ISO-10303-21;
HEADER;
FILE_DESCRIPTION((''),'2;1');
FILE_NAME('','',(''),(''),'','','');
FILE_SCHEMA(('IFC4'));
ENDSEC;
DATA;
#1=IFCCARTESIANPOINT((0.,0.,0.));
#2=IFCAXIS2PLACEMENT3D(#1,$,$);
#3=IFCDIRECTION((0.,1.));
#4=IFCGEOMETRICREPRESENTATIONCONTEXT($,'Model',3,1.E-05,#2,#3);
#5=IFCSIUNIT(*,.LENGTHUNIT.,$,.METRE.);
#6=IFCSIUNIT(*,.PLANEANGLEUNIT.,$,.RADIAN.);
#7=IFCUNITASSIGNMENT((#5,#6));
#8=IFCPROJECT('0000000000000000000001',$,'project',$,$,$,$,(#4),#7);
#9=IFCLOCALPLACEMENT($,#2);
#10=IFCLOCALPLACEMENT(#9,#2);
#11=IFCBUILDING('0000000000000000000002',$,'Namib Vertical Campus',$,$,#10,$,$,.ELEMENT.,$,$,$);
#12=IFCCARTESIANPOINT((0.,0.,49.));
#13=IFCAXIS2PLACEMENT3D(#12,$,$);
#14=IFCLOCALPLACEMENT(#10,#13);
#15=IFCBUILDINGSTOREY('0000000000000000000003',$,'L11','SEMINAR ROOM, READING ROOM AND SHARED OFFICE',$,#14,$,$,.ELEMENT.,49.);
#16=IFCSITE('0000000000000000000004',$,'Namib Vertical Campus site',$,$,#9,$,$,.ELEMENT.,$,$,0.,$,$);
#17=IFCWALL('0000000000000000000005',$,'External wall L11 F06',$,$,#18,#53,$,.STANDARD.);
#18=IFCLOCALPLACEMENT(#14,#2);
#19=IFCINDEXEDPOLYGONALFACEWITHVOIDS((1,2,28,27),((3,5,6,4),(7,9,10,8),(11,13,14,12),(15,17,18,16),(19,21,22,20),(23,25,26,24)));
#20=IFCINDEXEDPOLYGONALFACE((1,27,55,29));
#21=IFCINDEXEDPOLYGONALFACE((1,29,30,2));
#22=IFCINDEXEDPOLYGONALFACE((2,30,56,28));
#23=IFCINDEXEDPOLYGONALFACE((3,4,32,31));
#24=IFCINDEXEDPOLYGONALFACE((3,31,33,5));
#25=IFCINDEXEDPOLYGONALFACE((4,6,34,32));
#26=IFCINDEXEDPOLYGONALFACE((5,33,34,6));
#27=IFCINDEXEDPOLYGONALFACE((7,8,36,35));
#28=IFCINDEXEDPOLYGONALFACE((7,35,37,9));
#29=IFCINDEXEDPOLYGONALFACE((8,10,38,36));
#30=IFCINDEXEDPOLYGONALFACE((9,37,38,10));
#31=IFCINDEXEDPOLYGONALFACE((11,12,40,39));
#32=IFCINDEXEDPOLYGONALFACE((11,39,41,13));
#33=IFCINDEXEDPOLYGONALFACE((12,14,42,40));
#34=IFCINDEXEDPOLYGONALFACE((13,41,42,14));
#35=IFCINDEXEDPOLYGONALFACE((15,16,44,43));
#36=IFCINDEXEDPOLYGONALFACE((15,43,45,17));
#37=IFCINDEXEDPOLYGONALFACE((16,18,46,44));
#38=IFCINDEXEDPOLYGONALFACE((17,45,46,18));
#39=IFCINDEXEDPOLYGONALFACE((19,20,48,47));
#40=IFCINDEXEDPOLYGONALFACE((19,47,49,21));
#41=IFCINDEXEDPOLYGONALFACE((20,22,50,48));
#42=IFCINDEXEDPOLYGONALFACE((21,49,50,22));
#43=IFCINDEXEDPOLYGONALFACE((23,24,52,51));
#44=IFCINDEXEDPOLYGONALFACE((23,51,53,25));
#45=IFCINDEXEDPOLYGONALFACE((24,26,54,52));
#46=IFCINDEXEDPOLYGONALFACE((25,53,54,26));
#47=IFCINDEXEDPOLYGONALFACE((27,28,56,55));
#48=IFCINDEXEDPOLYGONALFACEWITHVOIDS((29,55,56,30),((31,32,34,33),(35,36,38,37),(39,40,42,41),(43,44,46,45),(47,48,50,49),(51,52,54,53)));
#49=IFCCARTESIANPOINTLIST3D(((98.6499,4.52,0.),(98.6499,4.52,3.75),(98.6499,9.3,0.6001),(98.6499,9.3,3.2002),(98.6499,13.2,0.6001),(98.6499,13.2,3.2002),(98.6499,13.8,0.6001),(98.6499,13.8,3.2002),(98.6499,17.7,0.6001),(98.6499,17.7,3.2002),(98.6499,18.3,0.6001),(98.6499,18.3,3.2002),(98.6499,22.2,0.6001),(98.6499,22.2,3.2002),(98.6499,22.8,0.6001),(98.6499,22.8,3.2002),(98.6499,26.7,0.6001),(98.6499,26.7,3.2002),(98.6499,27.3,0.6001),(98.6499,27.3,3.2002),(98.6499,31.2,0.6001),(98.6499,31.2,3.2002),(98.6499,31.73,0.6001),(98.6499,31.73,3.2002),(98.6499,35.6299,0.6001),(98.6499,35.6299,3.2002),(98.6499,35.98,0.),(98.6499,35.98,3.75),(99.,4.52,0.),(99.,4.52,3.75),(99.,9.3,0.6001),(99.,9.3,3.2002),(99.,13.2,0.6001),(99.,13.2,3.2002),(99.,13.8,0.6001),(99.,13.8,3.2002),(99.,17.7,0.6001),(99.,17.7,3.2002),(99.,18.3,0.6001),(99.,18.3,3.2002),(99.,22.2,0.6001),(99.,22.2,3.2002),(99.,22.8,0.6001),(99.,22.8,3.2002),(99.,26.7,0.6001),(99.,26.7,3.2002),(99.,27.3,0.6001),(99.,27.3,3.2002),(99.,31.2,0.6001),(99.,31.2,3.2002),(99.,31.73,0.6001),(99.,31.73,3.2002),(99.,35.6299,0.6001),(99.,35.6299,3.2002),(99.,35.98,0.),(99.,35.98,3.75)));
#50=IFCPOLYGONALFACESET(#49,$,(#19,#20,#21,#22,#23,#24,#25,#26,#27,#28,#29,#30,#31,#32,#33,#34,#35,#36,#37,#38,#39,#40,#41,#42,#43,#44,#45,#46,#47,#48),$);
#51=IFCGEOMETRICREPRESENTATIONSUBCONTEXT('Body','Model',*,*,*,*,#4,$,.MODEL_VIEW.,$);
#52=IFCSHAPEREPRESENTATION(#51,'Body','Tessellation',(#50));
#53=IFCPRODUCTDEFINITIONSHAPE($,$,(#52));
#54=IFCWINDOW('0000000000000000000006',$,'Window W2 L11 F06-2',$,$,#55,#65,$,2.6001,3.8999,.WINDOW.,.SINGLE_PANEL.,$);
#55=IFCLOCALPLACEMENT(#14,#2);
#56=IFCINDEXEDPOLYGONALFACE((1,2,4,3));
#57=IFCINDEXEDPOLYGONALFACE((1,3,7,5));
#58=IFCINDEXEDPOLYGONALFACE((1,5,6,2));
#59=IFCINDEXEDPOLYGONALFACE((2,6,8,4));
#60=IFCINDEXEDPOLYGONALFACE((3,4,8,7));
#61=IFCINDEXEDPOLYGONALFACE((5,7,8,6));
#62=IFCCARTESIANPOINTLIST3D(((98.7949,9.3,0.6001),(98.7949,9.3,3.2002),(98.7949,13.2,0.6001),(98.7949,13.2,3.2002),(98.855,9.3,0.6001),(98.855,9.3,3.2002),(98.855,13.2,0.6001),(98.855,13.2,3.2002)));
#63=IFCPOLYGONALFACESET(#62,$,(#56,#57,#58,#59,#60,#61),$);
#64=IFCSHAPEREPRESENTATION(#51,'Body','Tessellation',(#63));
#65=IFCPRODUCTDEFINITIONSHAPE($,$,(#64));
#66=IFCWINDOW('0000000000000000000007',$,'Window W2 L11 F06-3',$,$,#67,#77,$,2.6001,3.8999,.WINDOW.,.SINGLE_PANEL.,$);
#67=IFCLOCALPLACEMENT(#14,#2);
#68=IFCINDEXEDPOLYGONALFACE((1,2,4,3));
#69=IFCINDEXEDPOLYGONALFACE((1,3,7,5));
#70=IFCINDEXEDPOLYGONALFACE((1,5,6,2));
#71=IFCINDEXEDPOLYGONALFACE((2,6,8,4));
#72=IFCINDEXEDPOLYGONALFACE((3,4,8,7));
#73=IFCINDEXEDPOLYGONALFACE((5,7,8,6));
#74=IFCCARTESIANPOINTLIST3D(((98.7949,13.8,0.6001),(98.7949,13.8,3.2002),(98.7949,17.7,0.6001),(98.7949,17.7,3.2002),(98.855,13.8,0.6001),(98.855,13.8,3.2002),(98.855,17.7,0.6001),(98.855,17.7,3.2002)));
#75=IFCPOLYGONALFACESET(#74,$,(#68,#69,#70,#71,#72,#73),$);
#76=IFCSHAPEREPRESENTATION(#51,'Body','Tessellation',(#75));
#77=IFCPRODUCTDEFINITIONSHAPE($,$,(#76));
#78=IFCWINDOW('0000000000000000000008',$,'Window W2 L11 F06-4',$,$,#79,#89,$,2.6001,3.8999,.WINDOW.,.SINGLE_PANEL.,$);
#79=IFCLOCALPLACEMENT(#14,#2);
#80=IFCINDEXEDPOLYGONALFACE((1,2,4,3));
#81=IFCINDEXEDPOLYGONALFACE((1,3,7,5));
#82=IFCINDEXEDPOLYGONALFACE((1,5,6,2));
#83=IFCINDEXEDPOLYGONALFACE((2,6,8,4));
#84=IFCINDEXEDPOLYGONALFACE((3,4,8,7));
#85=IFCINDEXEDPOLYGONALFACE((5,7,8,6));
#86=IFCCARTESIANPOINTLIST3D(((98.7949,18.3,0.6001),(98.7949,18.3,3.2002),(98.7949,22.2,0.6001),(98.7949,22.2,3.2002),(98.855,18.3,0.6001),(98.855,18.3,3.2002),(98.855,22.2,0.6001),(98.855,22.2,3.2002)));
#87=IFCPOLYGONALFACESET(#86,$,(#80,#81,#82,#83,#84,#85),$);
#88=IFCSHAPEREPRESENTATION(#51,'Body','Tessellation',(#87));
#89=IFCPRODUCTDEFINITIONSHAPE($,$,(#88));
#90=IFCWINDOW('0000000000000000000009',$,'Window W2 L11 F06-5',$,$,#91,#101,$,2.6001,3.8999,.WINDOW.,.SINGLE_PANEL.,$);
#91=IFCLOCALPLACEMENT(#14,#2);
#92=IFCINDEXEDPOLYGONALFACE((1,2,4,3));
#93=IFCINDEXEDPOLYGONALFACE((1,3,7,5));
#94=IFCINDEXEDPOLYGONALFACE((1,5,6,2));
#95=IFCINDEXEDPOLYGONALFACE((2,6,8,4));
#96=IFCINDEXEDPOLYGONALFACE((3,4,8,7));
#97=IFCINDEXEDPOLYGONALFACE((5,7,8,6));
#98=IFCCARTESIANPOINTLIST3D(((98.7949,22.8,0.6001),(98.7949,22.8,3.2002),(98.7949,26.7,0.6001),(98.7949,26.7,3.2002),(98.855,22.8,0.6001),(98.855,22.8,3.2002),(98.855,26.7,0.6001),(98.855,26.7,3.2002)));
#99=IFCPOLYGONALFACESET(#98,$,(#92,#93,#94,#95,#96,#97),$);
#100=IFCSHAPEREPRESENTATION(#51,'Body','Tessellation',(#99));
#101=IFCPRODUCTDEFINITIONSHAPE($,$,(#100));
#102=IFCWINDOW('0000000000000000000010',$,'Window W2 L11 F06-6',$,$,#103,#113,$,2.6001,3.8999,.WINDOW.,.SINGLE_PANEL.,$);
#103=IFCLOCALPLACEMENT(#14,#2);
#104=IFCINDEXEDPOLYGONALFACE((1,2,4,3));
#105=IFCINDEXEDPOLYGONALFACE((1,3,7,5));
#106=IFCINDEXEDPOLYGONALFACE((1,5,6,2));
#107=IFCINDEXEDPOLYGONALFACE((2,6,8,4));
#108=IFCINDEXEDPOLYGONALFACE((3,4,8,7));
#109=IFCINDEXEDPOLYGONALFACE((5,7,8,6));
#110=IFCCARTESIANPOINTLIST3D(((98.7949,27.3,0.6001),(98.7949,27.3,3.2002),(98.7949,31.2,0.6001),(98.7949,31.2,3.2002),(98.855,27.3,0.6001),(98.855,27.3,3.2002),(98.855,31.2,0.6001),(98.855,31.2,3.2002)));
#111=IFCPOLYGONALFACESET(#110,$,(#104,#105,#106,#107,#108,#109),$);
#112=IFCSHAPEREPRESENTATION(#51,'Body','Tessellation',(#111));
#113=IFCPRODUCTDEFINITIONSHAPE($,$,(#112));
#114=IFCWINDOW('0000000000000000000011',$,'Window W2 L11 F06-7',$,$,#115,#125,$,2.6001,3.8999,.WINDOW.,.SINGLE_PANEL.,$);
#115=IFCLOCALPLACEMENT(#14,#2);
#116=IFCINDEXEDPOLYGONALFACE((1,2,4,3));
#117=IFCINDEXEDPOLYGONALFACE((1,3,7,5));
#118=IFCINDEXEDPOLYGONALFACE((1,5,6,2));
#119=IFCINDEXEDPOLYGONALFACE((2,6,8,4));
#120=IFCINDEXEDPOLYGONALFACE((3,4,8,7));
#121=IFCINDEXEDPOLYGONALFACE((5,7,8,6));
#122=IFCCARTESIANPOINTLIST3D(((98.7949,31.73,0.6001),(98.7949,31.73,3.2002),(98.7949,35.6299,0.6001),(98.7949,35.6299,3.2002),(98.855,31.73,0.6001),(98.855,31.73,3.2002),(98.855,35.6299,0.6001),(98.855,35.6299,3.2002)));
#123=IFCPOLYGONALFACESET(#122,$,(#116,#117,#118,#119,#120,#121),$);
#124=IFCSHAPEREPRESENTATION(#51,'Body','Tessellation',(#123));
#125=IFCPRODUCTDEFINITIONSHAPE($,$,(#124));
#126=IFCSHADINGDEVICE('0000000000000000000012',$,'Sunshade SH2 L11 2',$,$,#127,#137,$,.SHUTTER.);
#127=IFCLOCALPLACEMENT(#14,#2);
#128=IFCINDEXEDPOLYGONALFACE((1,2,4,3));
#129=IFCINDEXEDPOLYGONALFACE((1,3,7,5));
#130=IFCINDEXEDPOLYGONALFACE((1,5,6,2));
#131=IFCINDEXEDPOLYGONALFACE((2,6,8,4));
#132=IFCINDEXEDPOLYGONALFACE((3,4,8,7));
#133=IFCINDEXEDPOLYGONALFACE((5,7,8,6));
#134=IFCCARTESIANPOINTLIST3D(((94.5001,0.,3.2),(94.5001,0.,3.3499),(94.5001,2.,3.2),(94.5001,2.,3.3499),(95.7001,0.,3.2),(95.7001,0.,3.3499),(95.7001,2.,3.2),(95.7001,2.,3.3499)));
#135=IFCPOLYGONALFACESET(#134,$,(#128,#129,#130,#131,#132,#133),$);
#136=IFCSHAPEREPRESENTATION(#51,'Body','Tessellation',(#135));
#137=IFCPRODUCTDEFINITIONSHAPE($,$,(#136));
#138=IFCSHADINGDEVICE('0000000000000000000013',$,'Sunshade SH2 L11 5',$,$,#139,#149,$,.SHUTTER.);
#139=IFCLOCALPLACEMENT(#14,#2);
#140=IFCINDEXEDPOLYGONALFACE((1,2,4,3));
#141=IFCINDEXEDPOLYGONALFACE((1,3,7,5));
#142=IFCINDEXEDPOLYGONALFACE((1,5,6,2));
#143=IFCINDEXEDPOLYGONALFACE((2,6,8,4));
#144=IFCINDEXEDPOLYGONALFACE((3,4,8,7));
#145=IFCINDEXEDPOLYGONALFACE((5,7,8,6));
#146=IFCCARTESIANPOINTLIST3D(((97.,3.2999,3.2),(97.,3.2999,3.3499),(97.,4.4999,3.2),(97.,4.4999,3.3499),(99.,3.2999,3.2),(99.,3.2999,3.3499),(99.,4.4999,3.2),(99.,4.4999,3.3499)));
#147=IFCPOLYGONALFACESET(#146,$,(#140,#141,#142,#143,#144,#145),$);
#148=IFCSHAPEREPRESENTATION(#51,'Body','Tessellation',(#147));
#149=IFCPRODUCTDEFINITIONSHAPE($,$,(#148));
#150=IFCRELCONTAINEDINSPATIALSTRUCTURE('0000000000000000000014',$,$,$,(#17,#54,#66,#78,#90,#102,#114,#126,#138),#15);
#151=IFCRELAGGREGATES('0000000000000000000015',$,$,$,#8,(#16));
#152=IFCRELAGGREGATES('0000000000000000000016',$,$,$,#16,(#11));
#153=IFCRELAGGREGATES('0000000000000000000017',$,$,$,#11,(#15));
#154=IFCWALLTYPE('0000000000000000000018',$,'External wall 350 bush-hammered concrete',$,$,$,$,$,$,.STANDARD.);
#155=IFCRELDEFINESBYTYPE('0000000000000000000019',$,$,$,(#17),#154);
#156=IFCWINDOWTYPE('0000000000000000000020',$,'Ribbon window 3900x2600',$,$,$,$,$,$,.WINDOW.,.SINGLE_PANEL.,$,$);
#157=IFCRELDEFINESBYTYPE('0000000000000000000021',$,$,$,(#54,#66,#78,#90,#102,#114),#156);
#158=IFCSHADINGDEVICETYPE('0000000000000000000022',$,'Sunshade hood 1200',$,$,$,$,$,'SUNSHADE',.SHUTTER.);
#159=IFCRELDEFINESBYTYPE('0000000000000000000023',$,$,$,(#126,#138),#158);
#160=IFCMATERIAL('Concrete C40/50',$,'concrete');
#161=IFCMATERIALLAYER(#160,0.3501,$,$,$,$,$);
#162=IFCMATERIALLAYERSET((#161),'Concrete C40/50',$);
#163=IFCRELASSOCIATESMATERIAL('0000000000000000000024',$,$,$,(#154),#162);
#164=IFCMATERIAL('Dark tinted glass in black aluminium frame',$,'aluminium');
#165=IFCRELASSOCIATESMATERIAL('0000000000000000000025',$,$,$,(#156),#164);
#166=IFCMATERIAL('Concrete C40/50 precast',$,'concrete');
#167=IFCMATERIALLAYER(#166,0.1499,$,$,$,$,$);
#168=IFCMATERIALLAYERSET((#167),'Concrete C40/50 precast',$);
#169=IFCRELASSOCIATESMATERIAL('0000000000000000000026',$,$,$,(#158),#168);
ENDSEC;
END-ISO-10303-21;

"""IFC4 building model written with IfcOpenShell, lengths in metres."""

from ifc_helpers import new_model, si_unit, direction, frame, frame_2d, origin, origin_2d, place, context, subcontext, project, spatial, rectangle, extrude, material, layer, layer_set, type_object, element, fill, save


model = new_model("IFC4")

# Units and contexts
model_context = context("Model", 3, precision=1e-05, world=origin(), true_north=direction((0.0, 1.0)))
body_context = subcontext(model_context, "Body", "Model", "MODEL_VIEW")
ifc_project = project(units=[si_unit("LENGTHUNIT", "METRE"), si_unit("PLANEANGLEUNIT", "RADIAN")], contexts=[model_context])

# Site, building, storey
site_placement = place(None, origin())
site = spatial("IfcSite", under=ifc_project, at=site_placement, Name="Namib Vertical Campus site", CompositionType="ELEMENT", RefElevation=0.0)
building_placement = place(site_placement, origin())
building = spatial("IfcBuilding", under=site, at=building_placement, Name="Namib Vertical Campus", CompositionType="ELEMENT")
storey_placement = place(building_placement, frame((0.0, 0.0, 49.0)))
storey = spatial("IfcBuildingStorey", under=building, at=storey_placement, Name="L11", Description="SEMINAR ROOM, READING ROOM AND SHARED OFFICE", CompositionType="ELEMENT", Elevation=49.0)

# Shared definitions
ifc_material_1 = material(Name="Concrete C40/50", Category="concrete")
ifc_layer_1 = layer(ifc_material_1, 0.3501)
ifc_layer_set_1 = layer_set([ifc_layer_1], Name="Concrete C40/50")
wall_type = type_object("IfcWallType", Name="External wall 350 bush-hammered concrete", PredefinedType="STANDARD", material=ifc_layer_set_1)

# Wall, openings, windows
wall_1_placement = place(storey_placement, frame((98.825, 4.52, 0.0), z_axis=(0.0, 0.0, 1.0), x_axis=(0.0, 1.0, 0.0)))
wall_1 = element("IfcWall", 1, at=wall_1_placement, inside=storey, type_object=wall_type, Name="External wall L11 F06", PredefinedType="STANDARD", context=body_context, shape_type="SweptSolid", body=[
    extrude(rectangle(XDim=31.46, YDim=0.3501, at=frame_2d((15.73, 0.0))), origin(), (0.0, 0.0, 1.0), 3.75),
])
opening_1_placement = place(wall_1_placement, frame((4.78, 0.0, 0.6001)))
opening_1 = element("IfcOpeningElement", 2, at=opening_1_placement, cuts=wall_1, PredefinedType="OPENING", context=body_context, shape_type="SweptSolid", body=[
    extrude(rectangle(XDim=3.8999, YDim=2.6001, at=frame_2d((1.95, 1.3))), frame((0.0, 0.1851, 0.0), z_axis=(0.0, -1.0, 0.0), x_axis=(1.0, 0.0, 0.0)), (0.0, 0.0, 1.0), 0.3701),
])
opening_2_placement = place(wall_1_placement, frame((9.28, 0.0, 0.6001)))
opening_2 = element("IfcOpeningElement", 3, at=opening_2_placement, cuts=wall_1, PredefinedType="OPENING", context=body_context, shape_type="SweptSolid", body=[
    extrude(rectangle(XDim=3.8999, YDim=2.6001, at=frame_2d((1.95, 1.3))), frame((0.0, 0.1851, 0.0), z_axis=(0.0, -1.0, 0.0), x_axis=(1.0, 0.0, 0.0)), (0.0, 0.0, 1.0), 0.3701),
])
opening_3_placement = place(wall_1_placement, frame((13.78, 0.0, 0.6001)))
opening_3 = element("IfcOpeningElement", 4, at=opening_3_placement, cuts=wall_1, PredefinedType="OPENING", context=body_context, shape_type="SweptSolid", body=[
    extrude(rectangle(XDim=3.8999, YDim=2.6001, at=frame_2d((1.95, 1.3))), frame((0.0, 0.1851, 0.0), z_axis=(0.0, -1.0, 0.0), x_axis=(1.0, 0.0, 0.0)), (0.0, 0.0, 1.0), 0.3701),
])
opening_4_placement = place(wall_1_placement, frame((18.28, 0.0, 0.6001)))
opening_4 = element("IfcOpeningElement", 5, at=opening_4_placement, cuts=wall_1, PredefinedType="OPENING", context=body_context, shape_type="SweptSolid", body=[
    extrude(rectangle(XDim=3.8999, YDim=2.6001, at=frame_2d((1.95, 1.3))), frame((0.0, 0.1851, 0.0), z_axis=(0.0, -1.0, 0.0), x_axis=(1.0, 0.0, 0.0)), (0.0, 0.0, 1.0), 0.3701),
])
opening_5_placement = place(wall_1_placement, frame((22.78, 0.0, 0.6001)))
opening_5 = element("IfcOpeningElement", 6, at=opening_5_placement, cuts=wall_1, PredefinedType="OPENING", context=body_context, shape_type="SweptSolid", body=[
    extrude(rectangle(XDim=3.8999, YDim=2.6001, at=frame_2d((1.95, 1.3))), frame((0.0, 0.1851, 0.0), z_axis=(0.0, -1.0, 0.0), x_axis=(1.0, 0.0, 0.0)), (0.0, 0.0, 1.0), 0.3701),
])
opening_6_placement = place(wall_1_placement, frame((27.21, 0.0, 0.6001)))
opening_6 = element("IfcOpeningElement", 7, at=opening_6_placement, cuts=wall_1, PredefinedType="OPENING", context=body_context, shape_type="SweptSolid", body=[
    extrude(rectangle(XDim=3.8999, YDim=2.6001, at=frame_2d((1.95, 1.3))), frame((0.0, 0.1851, 0.0), z_axis=(0.0, -1.0, 0.0), x_axis=(1.0, 0.0, 0.0)), (0.0, 0.0, 1.0), 0.3701),
])
ifc_material_2 = material(Name="Dark tinted glass in black aluminium frame", Category="aluminium")
window_type = type_object("IfcWindowType", Name="Ribbon window 3900x2600", PartitioningType="SINGLE_PANEL", PredefinedType="WINDOW", material=ifc_material_2)
window_1_placement = place(opening_1_placement, origin())
window_1 = element("IfcWindow", 8, at=window_1_placement, inside=storey, type_object=window_type, Name="Window W2 L11 F06-2", OverallHeight=2.6001, OverallWidth=3.8999, PartitioningType="SINGLE_PANEL", PredefinedType="WINDOW", context=body_context, shape_type="SweptSolid", body=[
    extrude(rectangle(XDim=3.8999, YDim=2.6001, at=frame_2d((1.95, 1.3))), frame((0.0, 0.03, 0.0), z_axis=(0.0, -1.0, 0.0), x_axis=(1.0, 0.0, 0.0)), (0.0, 0.0, 1.0), 0.0601),
])
fill(opening_1, window_1)
window_2_placement = place(opening_2_placement, origin())
window_2 = element("IfcWindow", 9, at=window_2_placement, inside=storey, type_object=window_type, Name="Window W2 L11 F06-3", OverallHeight=2.6001, OverallWidth=3.8999, PartitioningType="SINGLE_PANEL", PredefinedType="WINDOW", context=body_context, shape_type="SweptSolid", body=[
    extrude(rectangle(XDim=3.8999, YDim=2.6001, at=frame_2d((1.95, 1.3))), frame((0.0, 0.03, 0.0), z_axis=(0.0, -1.0, 0.0), x_axis=(1.0, 0.0, 0.0)), (0.0, 0.0, 1.0), 0.0601),
])
fill(opening_2, window_2)
window_3_placement = place(opening_3_placement, origin())
window_3 = element("IfcWindow", 10, at=window_3_placement, inside=storey, type_object=window_type, Name="Window W2 L11 F06-4", OverallHeight=2.6001, OverallWidth=3.8999, PartitioningType="SINGLE_PANEL", PredefinedType="WINDOW", context=body_context, shape_type="SweptSolid", body=[
    extrude(rectangle(XDim=3.8999, YDim=2.6001, at=frame_2d((1.95, 1.3))), frame((0.0, 0.03, 0.0), z_axis=(0.0, -1.0, 0.0), x_axis=(1.0, 0.0, 0.0)), (0.0, 0.0, 1.0), 0.0601),
])
fill(opening_3, window_3)
window_4_placement = place(opening_4_placement, origin())
window_4 = element("IfcWindow", 11, at=window_4_placement, inside=storey, type_object=window_type, Name="Window W2 L11 F06-5", OverallHeight=2.6001, OverallWidth=3.8999, PartitioningType="SINGLE_PANEL", PredefinedType="WINDOW", context=body_context, shape_type="SweptSolid", body=[
    extrude(rectangle(XDim=3.8999, YDim=2.6001, at=frame_2d((1.95, 1.3))), frame((0.0, 0.03, 0.0), z_axis=(0.0, -1.0, 0.0), x_axis=(1.0, 0.0, 0.0)), (0.0, 0.0, 1.0), 0.0601),
])
fill(opening_4, window_4)
window_5_placement = place(opening_5_placement, origin())
window_5 = element("IfcWindow", 12, at=window_5_placement, inside=storey, type_object=window_type, Name="Window W2 L11 F06-6", OverallHeight=2.6001, OverallWidth=3.8999, PartitioningType="SINGLE_PANEL", PredefinedType="WINDOW", context=body_context, shape_type="SweptSolid", body=[
    extrude(rectangle(XDim=3.8999, YDim=2.6001, at=frame_2d((1.95, 1.3))), frame((0.0, 0.03, 0.0), z_axis=(0.0, -1.0, 0.0), x_axis=(1.0, 0.0, 0.0)), (0.0, 0.0, 1.0), 0.0601),
])
fill(opening_5, window_5)
window_6_placement = place(opening_6_placement, origin())
window_6 = element("IfcWindow", 13, at=window_6_placement, inside=storey, type_object=window_type, Name="Window W2 L11 F06-7", OverallHeight=2.6001, OverallWidth=3.8999, PartitioningType="SINGLE_PANEL", PredefinedType="WINDOW", context=body_context, shape_type="SweptSolid", body=[
    extrude(rectangle(XDim=3.8999, YDim=2.6001, at=frame_2d((1.95, 1.3))), frame((0.0, 0.03, 0.0), z_axis=(0.0, -1.0, 0.0), x_axis=(1.0, 0.0, 0.0)), (0.0, 0.0, 1.0), 0.0601),
])
fill(opening_6, window_6)

# Shading devices
ifc_material_3 = material(Name="Concrete C40/50 precast", Category="concrete")
ifc_layer_2 = layer(ifc_material_3, 0.1499)
ifc_layer_set_2 = layer_set([ifc_layer_2], Name="Concrete C40/50 precast")
shading_device_type = type_object("IfcShadingDeviceType", Name="Sunshade hood 1200", ElementType="SUNSHADE", PredefinedType="SHUTTER", material=ifc_layer_set_2)
for number, where, z_axis, x_axis, name in (
    (14, (95.1001, 1.0, 3.2), (0.0, 0.0, 1.0), (0.0, 1.0, 0.0), "Sunshade SH2 L11 2"),
    (15, (98.0, 3.8999, 3.2), (0.0, 0.0, 1.0), (1.0, 0.0, 0.0), "Sunshade SH2 L11 5"),
):
    element("IfcShadingDevice", number, at=place(storey_placement, frame(where, z_axis=z_axis, x_axis=x_axis)), inside=storey, type_object=shading_device_type, Name=name, PredefinedType="SHUTTER", context=body_context, shape_type="SweptSolid", body=[
        extrude(rectangle(XDim=2.0, YDim=1.2, at=origin_2d()), origin(), (0.0, 0.0, 1.0), 0.1499),
    ])

save(model, "model.ifc")
